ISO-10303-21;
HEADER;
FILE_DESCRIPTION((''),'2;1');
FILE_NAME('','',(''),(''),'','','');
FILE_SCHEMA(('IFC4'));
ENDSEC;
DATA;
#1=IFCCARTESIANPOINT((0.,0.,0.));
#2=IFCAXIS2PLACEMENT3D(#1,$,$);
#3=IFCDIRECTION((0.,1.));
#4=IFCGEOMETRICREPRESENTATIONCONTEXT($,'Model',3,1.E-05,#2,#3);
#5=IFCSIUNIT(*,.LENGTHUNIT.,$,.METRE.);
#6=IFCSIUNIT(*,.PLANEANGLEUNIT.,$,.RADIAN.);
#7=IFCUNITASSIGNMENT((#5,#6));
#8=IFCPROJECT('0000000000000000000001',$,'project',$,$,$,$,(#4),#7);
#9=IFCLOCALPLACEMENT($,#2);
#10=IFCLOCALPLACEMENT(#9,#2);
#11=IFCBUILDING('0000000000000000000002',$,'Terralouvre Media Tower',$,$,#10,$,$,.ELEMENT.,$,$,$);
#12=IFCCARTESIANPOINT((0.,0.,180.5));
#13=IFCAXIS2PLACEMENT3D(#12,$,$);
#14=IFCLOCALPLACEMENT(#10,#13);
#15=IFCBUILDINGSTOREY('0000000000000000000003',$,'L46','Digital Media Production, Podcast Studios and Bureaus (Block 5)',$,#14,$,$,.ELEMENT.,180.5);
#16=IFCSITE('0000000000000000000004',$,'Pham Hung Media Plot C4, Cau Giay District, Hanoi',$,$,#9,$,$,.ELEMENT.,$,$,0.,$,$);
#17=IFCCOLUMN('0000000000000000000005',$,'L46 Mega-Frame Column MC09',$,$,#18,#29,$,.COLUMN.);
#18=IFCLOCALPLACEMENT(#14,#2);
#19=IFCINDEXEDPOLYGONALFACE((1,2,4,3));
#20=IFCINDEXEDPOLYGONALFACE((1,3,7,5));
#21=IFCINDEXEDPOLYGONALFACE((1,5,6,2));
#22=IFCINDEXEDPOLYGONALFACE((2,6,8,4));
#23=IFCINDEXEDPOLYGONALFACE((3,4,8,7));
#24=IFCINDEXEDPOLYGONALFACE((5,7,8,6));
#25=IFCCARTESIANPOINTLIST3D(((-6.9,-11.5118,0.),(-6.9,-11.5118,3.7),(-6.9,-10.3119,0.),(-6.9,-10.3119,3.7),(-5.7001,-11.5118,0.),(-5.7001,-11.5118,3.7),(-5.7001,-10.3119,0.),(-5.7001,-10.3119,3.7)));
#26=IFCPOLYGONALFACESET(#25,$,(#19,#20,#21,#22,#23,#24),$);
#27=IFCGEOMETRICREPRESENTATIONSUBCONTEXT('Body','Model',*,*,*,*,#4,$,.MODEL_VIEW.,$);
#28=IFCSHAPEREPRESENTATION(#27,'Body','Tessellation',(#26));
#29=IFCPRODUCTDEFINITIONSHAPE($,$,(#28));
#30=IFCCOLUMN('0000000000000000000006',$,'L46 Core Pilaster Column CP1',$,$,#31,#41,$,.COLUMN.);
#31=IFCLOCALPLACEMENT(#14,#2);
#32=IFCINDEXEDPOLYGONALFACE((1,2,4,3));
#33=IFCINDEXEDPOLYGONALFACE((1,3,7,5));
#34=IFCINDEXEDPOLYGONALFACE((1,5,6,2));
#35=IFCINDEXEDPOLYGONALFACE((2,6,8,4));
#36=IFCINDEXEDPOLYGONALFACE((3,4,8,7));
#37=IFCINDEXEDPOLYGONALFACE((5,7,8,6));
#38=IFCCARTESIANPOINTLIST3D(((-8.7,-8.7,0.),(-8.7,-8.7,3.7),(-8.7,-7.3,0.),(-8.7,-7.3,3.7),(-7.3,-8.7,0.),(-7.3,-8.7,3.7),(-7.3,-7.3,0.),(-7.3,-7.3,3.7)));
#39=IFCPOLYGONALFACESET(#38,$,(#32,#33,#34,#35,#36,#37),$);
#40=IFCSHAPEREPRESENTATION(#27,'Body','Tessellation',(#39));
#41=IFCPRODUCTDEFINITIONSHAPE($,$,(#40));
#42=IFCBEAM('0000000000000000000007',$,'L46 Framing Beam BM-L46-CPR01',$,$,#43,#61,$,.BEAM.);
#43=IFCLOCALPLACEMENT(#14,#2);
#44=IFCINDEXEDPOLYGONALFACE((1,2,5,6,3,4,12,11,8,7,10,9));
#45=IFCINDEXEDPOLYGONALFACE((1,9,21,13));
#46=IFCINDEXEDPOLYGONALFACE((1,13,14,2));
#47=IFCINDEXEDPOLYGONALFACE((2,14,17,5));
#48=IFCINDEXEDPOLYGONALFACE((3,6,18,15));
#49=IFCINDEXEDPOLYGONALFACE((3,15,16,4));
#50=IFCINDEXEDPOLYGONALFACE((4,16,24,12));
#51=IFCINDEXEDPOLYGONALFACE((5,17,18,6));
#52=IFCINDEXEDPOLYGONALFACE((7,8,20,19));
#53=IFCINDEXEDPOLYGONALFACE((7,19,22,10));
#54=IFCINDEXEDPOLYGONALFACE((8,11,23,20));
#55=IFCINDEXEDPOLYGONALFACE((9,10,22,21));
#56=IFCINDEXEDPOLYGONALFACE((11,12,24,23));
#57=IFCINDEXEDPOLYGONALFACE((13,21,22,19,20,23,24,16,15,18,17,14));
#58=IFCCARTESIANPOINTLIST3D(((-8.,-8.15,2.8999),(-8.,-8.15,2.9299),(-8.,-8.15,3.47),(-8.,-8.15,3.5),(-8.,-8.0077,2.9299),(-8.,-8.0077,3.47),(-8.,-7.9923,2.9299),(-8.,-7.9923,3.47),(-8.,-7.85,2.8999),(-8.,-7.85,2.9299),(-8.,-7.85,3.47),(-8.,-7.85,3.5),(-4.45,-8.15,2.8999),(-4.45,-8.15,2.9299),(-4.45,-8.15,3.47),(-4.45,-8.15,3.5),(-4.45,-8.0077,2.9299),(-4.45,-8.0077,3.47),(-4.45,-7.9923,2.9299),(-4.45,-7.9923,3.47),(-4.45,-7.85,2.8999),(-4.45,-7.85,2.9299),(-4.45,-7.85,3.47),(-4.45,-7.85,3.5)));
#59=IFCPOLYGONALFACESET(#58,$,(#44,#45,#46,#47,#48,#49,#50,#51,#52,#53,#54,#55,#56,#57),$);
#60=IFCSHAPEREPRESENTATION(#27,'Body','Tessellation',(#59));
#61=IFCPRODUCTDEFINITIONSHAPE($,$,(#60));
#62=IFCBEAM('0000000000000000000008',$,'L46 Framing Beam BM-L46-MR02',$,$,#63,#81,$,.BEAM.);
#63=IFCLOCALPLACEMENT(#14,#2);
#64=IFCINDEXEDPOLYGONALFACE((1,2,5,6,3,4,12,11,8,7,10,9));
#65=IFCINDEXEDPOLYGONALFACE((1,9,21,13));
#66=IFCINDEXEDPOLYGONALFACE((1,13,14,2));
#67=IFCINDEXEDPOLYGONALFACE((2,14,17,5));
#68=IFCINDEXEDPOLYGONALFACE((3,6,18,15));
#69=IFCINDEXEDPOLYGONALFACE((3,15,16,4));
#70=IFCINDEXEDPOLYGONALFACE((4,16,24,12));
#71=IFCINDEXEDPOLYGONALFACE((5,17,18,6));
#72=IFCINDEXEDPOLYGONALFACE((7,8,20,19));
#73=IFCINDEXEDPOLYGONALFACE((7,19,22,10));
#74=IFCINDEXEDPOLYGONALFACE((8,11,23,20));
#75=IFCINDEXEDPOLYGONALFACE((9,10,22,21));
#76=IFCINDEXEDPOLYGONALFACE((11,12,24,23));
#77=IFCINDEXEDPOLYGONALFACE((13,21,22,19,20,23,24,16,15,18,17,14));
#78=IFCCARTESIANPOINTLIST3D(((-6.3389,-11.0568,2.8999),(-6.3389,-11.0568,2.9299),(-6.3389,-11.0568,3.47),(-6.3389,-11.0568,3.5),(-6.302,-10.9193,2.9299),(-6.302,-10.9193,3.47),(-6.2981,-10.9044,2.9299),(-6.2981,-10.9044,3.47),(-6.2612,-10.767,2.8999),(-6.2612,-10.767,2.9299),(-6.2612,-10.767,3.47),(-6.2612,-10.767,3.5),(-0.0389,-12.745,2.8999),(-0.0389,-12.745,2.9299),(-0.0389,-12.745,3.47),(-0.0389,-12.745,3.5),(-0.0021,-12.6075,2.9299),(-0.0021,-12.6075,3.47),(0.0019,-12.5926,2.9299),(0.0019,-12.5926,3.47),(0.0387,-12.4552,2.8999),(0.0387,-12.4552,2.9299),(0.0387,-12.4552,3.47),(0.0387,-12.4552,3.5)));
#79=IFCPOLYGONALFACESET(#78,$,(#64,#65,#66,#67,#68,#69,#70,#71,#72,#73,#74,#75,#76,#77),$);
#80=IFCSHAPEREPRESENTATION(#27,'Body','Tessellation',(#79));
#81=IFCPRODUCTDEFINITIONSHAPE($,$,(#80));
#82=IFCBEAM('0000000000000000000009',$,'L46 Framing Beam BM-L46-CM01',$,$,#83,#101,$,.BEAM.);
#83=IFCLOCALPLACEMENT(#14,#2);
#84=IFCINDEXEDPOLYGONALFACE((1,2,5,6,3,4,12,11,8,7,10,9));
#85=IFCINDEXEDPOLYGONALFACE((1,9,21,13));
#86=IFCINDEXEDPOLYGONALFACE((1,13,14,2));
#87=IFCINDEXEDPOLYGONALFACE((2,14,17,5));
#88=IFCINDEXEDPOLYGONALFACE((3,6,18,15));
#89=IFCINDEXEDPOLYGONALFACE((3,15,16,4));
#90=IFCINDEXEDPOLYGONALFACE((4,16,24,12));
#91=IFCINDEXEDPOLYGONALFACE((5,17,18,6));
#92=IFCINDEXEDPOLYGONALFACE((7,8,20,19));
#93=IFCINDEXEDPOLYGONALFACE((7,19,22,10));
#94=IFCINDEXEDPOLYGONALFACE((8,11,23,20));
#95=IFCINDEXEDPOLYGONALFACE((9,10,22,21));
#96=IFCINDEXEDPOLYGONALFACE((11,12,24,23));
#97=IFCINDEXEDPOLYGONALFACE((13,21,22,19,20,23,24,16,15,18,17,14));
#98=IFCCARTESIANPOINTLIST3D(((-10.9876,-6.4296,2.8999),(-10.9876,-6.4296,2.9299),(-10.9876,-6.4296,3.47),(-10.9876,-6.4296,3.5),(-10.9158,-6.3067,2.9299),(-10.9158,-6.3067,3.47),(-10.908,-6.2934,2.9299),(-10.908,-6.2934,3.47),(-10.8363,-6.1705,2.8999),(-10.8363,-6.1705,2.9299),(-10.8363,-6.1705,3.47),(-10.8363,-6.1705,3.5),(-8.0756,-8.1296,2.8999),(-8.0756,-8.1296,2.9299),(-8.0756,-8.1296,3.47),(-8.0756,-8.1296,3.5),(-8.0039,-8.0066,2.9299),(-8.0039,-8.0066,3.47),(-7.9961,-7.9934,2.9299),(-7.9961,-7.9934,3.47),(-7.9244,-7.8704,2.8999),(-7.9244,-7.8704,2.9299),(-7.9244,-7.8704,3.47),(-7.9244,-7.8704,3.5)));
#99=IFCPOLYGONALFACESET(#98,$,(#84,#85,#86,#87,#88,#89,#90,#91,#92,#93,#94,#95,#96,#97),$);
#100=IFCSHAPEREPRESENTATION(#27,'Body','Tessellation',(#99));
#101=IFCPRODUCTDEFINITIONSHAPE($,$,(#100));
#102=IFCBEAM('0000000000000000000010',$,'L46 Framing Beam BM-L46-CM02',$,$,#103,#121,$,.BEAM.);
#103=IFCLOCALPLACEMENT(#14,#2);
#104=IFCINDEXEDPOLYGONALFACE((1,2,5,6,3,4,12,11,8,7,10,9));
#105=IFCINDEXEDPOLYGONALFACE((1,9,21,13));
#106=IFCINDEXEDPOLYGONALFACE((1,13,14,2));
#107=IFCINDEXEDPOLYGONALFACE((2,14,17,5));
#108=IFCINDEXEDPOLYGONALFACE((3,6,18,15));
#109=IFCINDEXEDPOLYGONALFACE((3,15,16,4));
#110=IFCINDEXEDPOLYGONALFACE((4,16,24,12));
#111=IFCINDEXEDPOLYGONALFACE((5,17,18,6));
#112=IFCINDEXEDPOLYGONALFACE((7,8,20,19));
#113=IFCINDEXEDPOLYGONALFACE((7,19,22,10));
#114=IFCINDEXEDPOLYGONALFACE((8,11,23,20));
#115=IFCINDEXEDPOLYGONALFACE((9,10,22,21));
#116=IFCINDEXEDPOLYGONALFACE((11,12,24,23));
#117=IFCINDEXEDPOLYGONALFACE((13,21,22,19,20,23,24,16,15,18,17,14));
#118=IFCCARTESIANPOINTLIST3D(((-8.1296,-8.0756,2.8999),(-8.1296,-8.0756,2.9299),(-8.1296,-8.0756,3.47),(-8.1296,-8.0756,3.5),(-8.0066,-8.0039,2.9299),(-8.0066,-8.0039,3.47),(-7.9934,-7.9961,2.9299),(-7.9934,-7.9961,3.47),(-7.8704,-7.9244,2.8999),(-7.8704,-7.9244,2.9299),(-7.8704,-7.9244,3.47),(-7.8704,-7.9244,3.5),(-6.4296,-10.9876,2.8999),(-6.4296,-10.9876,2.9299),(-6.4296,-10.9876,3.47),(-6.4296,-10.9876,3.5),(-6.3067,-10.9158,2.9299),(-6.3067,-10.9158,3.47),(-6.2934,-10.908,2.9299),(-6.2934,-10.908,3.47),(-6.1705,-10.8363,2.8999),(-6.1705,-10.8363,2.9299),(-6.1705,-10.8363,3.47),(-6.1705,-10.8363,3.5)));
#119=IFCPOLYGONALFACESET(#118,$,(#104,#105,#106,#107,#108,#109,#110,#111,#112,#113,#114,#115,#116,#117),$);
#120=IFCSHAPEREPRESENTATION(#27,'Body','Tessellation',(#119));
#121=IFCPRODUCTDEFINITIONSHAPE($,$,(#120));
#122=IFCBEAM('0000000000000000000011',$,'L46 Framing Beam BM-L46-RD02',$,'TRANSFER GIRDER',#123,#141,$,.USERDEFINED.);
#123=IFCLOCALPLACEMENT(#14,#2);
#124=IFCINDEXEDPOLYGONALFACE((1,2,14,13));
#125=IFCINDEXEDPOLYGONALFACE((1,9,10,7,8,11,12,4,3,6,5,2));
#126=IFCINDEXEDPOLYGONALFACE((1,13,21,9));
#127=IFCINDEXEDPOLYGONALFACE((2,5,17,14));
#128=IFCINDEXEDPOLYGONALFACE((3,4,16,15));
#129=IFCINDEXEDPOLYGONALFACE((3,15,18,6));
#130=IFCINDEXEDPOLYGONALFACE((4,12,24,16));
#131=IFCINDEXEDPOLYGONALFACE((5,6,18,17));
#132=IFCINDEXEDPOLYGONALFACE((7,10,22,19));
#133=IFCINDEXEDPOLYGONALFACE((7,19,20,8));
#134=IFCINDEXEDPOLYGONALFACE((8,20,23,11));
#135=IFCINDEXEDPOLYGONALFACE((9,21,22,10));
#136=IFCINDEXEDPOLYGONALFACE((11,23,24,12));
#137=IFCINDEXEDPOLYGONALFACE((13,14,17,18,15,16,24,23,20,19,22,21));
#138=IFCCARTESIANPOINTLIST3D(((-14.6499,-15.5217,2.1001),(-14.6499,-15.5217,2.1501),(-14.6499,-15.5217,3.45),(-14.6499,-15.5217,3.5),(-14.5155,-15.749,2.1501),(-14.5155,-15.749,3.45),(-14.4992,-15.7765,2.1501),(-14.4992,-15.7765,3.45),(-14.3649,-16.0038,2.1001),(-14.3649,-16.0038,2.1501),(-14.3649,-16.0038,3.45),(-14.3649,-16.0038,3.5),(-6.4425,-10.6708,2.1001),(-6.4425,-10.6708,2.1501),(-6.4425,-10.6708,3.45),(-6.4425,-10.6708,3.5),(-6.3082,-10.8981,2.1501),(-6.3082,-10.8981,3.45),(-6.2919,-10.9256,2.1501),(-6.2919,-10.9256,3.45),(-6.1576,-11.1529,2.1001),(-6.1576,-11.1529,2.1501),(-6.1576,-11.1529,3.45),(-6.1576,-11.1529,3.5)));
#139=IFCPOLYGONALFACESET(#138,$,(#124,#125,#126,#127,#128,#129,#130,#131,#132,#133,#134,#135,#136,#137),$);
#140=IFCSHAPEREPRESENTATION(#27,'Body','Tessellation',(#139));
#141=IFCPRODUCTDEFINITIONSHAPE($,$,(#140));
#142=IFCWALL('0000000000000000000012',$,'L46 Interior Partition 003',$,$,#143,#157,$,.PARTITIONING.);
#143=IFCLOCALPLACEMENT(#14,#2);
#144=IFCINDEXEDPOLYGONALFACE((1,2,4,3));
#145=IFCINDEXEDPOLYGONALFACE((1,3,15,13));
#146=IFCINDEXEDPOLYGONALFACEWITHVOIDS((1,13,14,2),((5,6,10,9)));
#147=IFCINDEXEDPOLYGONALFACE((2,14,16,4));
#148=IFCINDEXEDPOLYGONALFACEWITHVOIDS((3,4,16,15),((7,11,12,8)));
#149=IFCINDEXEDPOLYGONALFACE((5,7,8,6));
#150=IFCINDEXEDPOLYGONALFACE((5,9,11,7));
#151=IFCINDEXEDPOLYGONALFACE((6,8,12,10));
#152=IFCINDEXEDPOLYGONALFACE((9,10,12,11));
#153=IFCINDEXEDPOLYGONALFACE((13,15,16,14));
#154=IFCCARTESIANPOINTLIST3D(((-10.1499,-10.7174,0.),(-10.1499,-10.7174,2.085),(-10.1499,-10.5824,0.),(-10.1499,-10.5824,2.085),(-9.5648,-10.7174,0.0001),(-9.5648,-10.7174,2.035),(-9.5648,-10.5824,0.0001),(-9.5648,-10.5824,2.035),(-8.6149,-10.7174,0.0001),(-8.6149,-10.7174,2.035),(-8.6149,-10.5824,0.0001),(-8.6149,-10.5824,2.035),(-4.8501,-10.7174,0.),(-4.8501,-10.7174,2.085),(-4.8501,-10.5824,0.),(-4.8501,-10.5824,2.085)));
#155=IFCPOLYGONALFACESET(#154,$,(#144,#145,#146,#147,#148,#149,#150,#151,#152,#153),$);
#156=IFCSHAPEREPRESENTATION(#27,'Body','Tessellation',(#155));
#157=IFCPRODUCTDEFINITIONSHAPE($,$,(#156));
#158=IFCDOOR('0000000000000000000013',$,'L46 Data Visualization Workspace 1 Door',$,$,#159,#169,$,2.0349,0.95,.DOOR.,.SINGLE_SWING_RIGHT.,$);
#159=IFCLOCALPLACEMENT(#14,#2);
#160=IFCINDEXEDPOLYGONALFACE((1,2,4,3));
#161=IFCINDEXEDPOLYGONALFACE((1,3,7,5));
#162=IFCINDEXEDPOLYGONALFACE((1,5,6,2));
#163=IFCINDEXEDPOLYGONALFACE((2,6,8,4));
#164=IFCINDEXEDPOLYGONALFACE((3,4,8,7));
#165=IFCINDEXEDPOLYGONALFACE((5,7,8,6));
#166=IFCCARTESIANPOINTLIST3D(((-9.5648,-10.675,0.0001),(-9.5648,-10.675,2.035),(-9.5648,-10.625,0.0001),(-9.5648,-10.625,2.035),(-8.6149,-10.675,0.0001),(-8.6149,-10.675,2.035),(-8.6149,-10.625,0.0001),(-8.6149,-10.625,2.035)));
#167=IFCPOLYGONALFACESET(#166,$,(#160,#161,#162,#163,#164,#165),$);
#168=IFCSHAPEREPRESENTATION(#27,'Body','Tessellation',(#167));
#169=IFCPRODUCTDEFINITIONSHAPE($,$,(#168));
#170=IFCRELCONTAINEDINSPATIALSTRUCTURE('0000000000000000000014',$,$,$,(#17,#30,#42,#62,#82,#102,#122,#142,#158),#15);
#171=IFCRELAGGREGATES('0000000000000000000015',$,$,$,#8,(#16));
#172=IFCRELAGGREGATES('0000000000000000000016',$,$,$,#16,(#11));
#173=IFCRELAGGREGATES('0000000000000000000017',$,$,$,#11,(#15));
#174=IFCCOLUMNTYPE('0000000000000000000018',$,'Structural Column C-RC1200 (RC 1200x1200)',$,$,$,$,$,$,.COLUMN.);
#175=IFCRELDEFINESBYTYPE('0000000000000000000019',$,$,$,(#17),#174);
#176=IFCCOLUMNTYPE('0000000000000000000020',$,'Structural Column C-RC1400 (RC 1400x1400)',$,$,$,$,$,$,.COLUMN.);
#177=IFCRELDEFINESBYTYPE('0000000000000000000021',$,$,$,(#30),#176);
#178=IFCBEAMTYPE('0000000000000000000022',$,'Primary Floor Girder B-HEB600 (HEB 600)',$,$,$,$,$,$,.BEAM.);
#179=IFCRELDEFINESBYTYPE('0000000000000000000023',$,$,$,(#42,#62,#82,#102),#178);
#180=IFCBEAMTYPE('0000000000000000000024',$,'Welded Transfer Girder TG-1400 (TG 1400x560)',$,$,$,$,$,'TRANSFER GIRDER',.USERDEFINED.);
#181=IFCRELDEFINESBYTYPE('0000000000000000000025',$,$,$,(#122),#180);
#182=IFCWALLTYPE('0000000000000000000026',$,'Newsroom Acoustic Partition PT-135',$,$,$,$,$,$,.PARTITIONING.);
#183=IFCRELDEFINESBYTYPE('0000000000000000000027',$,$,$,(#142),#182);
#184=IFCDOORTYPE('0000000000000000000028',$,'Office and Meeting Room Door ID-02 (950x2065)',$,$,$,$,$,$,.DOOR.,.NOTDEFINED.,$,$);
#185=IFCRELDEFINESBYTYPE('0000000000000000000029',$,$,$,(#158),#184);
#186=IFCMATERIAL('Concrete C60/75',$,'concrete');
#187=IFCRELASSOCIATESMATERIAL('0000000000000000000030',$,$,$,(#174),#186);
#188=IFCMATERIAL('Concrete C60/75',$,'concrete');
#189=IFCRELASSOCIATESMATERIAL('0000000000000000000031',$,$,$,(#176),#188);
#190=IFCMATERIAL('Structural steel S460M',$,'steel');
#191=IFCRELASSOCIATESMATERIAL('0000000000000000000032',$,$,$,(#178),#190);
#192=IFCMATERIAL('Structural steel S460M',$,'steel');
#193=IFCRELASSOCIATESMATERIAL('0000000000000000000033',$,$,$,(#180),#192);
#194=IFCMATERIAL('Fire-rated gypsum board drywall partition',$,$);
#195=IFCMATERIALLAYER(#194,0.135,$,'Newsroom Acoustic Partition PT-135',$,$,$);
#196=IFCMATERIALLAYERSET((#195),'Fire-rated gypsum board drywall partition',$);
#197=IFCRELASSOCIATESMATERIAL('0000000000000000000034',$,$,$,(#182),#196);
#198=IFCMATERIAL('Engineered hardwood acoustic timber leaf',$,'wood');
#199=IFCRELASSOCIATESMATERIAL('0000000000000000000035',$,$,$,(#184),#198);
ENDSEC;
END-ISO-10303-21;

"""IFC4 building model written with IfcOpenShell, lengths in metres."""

from ifc_helpers import new_model, si_unit, direction, frame, frame_2d, origin, origin_2d, place, context, subcontext, project, spatial, rectangle, i_section, extrude, material, layer, layer_set, material_profile, profile_set, type_object, element, fill, save


model = new_model("IFC4")

# Units and contexts
model_context = context("Model", 3, precision=1e-05, world=origin(), true_north=direction((0.0, 1.0)))
body_context = subcontext(model_context, "Body", "Model", "MODEL_VIEW")
ifc_project = project(units=[si_unit("LENGTHUNIT", "METRE"), si_unit("PLANEANGLEUNIT", "RADIAN")], contexts=[model_context])

# Site, building, storey
site_placement = place(None, origin())
site = spatial("IfcSite", under=ifc_project, at=site_placement, Name="Pham Hung Media Plot C4, Cau Giay District, Hanoi", CompositionType="ELEMENT", RefElevation=0.0)
building_placement = place(site_placement, origin())
building = spatial("IfcBuilding", under=site, at=building_placement, Name="Terralouvre Media Tower", CompositionType="ELEMENT")
storey_placement = place(building_placement, frame((0.0, 0.0, 180.5)))
storey = spatial("IfcBuildingStorey", under=building, at=storey_placement, Name="L46", Description="Digital Media Production, Podcast Studios and Bureaus (Block 5)", CompositionType="ELEMENT", Elevation=180.5)

# Columns
ifc_material_1 = material(Name="Concrete C60/75", Category="concrete")
ifc_material_profile_1 = material_profile(ifc_material_1, rectangle(XDim=1.2, YDim=1.2, at=origin_2d()), Name="RC 1200x1200")
ifc_profile_set_1 = profile_set([ifc_material_profile_1], Name="Concrete C60/75")
column_type_1 = type_object("IfcColumnType", Name="Structural Column C-RC1200 (RC 1200x1200)", PredefinedType="COLUMN", material=ifc_profile_set_1)
column_1_placement = place(storey_placement, frame((-6.3, -10.9119, 0.0), z_axis=(0.0, 0.0, 1.0), x_axis=(1.0, 0.0, 0.0)))
element("IfcColumn", 1, at=column_1_placement, inside=storey, type_object=column_type_1, Name="L46 Mega-Frame Column MC09", PredefinedType="COLUMN", context=body_context, shape_type="SweptSolid", body=[
    extrude(rectangle(XDim=1.2, YDim=1.2, at=origin_2d()), origin(), (0.0, 0.0, 1.0), 3.7),
])
ifc_material_2 = material(Name="Concrete C60/75", Category="concrete")
ifc_material_profile_2 = material_profile(ifc_material_2, rectangle(XDim=1.3999, YDim=1.3999, at=origin_2d()), Name="RC 1400x1400")
ifc_profile_set_2 = profile_set([ifc_material_profile_2], Name="Concrete C60/75")
column_type_2 = type_object("IfcColumnType", Name="Structural Column C-RC1400 (RC 1400x1400)", PredefinedType="COLUMN", material=ifc_profile_set_2)
column_2_placement = place(storey_placement, frame((-8.0, -8.0, 0.0), z_axis=(0.0, 0.0, 1.0), x_axis=(1.0, 0.0, 0.0)))
element("IfcColumn", 2, at=column_2_placement, inside=storey, type_object=column_type_2, Name="L46 Core Pilaster Column CP1", PredefinedType="COLUMN", context=body_context, shape_type="SweptSolid", body=[
    extrude(rectangle(XDim=1.3999, YDim=1.3999, at=origin_2d()), origin(), (0.0, 0.0, 1.0), 3.7),
])

# Beams
ifc_material_3 = material(Name="Structural steel S460M", Category="steel")
ifc_material_profile_3 = material_profile(ifc_material_3, i_section(OverallWidth=0.3, OverallDepth=0.6001, WebThickness=0.0154, FlangeThickness=0.03, at=origin_2d()), Name="HEB 600")
ifc_profile_set_3 = profile_set([ifc_material_profile_3], Name="Structural steel S460M")
beam_type_1 = type_object("IfcBeamType", Name="Primary Floor Girder B-HEB600 (HEB 600)", PredefinedType="BEAM", material=ifc_profile_set_3)
beam_1_placement = place(storey_placement, frame((-8.0, -8.0, 3.2), z_axis=(1.0, 0.0, 0.0), x_axis=(0.0, 1.0, 0.0)))
element("IfcBeam", 3, at=beam_1_placement, inside=storey, type_object=beam_type_1, Name="L46 Framing Beam BM-L46-CPR01", PredefinedType="BEAM", context=body_context, shape_type="SweptSolid", body=[
    extrude(i_section(OverallWidth=0.3, OverallDepth=0.6001, WebThickness=0.0154, FlangeThickness=0.03, at=origin_2d()), origin(), (0.0, 0.0, 1.0), 3.55),
])
beam_2_placement = place(storey_placement, frame((-6.3, -10.9119, 3.2), z_axis=(0.96592, -0.258839, 0.0), x_axis=(0.258839, 0.96592, 0.0)))
element("IfcBeam", 4, at=beam_2_placement, inside=storey, type_object=beam_type_1, Name="L46 Framing Beam BM-L46-MR02", PredefinedType="BEAM", context=body_context, shape_type="SweptSolid", body=[
    extrude(i_section(OverallWidth=0.3, OverallDepth=0.6001, WebThickness=0.0154, FlangeThickness=0.03, at=origin_2d()), origin(), (0.0, 0.0, 1.0), 6.5222),
])
for number, where, z_axis, x_axis, name in (
    (5, (-8.0, -8.0, 3.2), (-0.863603, 0.504173, 0.0), (-0.504173, -0.863603, 0.0), "L46 Framing Beam BM-L46-CM01"),
    (6, (-8.0, -8.0, 3.2), (0.504173, -0.863603, 0.0), (0.863603, 0.504173, 0.0), "L46 Framing Beam BM-L46-CM02"),
):
    element("IfcBeam", number, at=place(storey_placement, frame(where, z_axis=z_axis, x_axis=x_axis)), inside=storey, type_object=beam_type_1, Name=name, PredefinedType="BEAM", context=body_context, shape_type="SweptSolid", body=[
        extrude(i_section(OverallWidth=0.3, OverallDepth=0.6001, WebThickness=0.0154, FlangeThickness=0.03, at=origin_2d()), origin(), (0.0, 0.0, 1.0), 3.3718),
    ])
ifc_material_4 = material(Name="Structural steel S460M", Category="steel")
ifc_material_profile_4 = material_profile(ifc_material_4, i_section(OverallWidth=0.5601, OverallDepth=1.3999, WebThickness=0.032, FlangeThickness=0.05, at=origin_2d()), Name="TG 1400x560")
ifc_profile_set_4 = profile_set([ifc_material_profile_4], Name="Structural steel S460M")
beam_type_2 = type_object("IfcBeamType", Name="Welded Transfer Girder TG-1400 (TG 1400x560)", ElementType="TRANSFER GIRDER", PredefinedType="USERDEFINED", material=ifc_profile_set_4)
beam_3_placement = place(storey_placement, frame((-6.3, -10.9119, 2.8), z_axis=(-0.860877, -0.508813, 0.0), x_axis=(0.508813, -0.860877, 0.0)))
element("IfcBeam", 7, at=beam_3_placement, inside=storey, type_object=beam_type_2, Name="L46 Framing Beam BM-L46-RD02", ObjectType="TRANSFER GIRDER", PredefinedType="USERDEFINED", context=body_context, shape_type="SweptSolid", body=[
    extrude(i_section(OverallWidth=0.5601, OverallDepth=1.3999, WebThickness=0.032, FlangeThickness=0.05, at=origin_2d()), origin(), (0.0, 0.0, 1.0), 9.5337),
])

# Wall, opening, door
ifc_material_5 = material(Name="Fire-rated gypsum board drywall partition")
ifc_layer_1 = layer(ifc_material_5, 0.135, Name="Newsroom Acoustic Partition PT-135")
ifc_layer_set_1 = layer_set([ifc_layer_1], Name="Fire-rated gypsum board drywall partition")
wall_type_1 = type_object("IfcWallType", Name="Newsroom Acoustic Partition PT-135", PredefinedType="PARTITIONING", material=ifc_layer_set_1)
wall_1_placement = place(storey_placement, frame((-10.1499, -10.6499, 0.0), z_axis=(0.0, 0.0, 1.0), x_axis=(1.0, 0.0, 0.0)))
wall_1 = element("IfcWall", 8, at=wall_1_placement, inside=storey, type_object=wall_type_1, Name="L46 Interior Partition 003", PredefinedType="PARTITIONING", context=body_context, shape_type="SweptSolid", body=[
    extrude(rectangle(XDim=5.2998, YDim=0.135, at=frame_2d((2.6499, 0.0))), origin(), (0.0, 0.0, 1.0), 2.085),
])
opening_1_placement = place(wall_1_placement, frame((0.585, 0.0, 0.0)))
opening_1 = element("IfcOpeningElement", 9, at=opening_1_placement, cuts=wall_1, PredefinedType="OPENING", context=body_context, shape_type="SweptSolid", body=[
    extrude(rectangle(XDim=0.95, YDim=2.0349, at=frame_2d((0.4751, 1.0176))), frame((0.0, 0.0774, 0.0), z_axis=(0.0, -1.0, 0.0), x_axis=(1.0, 0.0, 0.0)), (0.0, 0.0, 1.0), 0.155),
])
ifc_material_6 = material(Name="Engineered hardwood acoustic timber leaf", Category="wood")
door_type_1 = type_object("IfcDoorType", Name="Office and Meeting Room Door ID-02 (950x2065)", OperationType="NOTDEFINED", PredefinedType="DOOR", material=ifc_material_6)
door_1_placement = place(opening_1_placement, origin())
door_1 = element("IfcDoor", 10, at=door_1_placement, inside=storey, type_object=door_type_1, Name="L46 Data Visualization Workspace 1 Door", OperationType="SINGLE_SWING_RIGHT", OverallHeight=2.0349, OverallWidth=0.95, PredefinedType="DOOR", context=body_context, shape_type="SweptSolid", body=[
    extrude(rectangle(XDim=0.95, YDim=2.0349, at=frame_2d((0.4751, 1.0176))), frame((0.0, 0.0249, 0.0), z_axis=(0.0, -1.0, 0.0), x_axis=(1.0, 0.0, 0.0)), (0.0, 0.0, 1.0), 0.05),
])
fill(opening_1, door_1)

save(model, "model.ifc")
